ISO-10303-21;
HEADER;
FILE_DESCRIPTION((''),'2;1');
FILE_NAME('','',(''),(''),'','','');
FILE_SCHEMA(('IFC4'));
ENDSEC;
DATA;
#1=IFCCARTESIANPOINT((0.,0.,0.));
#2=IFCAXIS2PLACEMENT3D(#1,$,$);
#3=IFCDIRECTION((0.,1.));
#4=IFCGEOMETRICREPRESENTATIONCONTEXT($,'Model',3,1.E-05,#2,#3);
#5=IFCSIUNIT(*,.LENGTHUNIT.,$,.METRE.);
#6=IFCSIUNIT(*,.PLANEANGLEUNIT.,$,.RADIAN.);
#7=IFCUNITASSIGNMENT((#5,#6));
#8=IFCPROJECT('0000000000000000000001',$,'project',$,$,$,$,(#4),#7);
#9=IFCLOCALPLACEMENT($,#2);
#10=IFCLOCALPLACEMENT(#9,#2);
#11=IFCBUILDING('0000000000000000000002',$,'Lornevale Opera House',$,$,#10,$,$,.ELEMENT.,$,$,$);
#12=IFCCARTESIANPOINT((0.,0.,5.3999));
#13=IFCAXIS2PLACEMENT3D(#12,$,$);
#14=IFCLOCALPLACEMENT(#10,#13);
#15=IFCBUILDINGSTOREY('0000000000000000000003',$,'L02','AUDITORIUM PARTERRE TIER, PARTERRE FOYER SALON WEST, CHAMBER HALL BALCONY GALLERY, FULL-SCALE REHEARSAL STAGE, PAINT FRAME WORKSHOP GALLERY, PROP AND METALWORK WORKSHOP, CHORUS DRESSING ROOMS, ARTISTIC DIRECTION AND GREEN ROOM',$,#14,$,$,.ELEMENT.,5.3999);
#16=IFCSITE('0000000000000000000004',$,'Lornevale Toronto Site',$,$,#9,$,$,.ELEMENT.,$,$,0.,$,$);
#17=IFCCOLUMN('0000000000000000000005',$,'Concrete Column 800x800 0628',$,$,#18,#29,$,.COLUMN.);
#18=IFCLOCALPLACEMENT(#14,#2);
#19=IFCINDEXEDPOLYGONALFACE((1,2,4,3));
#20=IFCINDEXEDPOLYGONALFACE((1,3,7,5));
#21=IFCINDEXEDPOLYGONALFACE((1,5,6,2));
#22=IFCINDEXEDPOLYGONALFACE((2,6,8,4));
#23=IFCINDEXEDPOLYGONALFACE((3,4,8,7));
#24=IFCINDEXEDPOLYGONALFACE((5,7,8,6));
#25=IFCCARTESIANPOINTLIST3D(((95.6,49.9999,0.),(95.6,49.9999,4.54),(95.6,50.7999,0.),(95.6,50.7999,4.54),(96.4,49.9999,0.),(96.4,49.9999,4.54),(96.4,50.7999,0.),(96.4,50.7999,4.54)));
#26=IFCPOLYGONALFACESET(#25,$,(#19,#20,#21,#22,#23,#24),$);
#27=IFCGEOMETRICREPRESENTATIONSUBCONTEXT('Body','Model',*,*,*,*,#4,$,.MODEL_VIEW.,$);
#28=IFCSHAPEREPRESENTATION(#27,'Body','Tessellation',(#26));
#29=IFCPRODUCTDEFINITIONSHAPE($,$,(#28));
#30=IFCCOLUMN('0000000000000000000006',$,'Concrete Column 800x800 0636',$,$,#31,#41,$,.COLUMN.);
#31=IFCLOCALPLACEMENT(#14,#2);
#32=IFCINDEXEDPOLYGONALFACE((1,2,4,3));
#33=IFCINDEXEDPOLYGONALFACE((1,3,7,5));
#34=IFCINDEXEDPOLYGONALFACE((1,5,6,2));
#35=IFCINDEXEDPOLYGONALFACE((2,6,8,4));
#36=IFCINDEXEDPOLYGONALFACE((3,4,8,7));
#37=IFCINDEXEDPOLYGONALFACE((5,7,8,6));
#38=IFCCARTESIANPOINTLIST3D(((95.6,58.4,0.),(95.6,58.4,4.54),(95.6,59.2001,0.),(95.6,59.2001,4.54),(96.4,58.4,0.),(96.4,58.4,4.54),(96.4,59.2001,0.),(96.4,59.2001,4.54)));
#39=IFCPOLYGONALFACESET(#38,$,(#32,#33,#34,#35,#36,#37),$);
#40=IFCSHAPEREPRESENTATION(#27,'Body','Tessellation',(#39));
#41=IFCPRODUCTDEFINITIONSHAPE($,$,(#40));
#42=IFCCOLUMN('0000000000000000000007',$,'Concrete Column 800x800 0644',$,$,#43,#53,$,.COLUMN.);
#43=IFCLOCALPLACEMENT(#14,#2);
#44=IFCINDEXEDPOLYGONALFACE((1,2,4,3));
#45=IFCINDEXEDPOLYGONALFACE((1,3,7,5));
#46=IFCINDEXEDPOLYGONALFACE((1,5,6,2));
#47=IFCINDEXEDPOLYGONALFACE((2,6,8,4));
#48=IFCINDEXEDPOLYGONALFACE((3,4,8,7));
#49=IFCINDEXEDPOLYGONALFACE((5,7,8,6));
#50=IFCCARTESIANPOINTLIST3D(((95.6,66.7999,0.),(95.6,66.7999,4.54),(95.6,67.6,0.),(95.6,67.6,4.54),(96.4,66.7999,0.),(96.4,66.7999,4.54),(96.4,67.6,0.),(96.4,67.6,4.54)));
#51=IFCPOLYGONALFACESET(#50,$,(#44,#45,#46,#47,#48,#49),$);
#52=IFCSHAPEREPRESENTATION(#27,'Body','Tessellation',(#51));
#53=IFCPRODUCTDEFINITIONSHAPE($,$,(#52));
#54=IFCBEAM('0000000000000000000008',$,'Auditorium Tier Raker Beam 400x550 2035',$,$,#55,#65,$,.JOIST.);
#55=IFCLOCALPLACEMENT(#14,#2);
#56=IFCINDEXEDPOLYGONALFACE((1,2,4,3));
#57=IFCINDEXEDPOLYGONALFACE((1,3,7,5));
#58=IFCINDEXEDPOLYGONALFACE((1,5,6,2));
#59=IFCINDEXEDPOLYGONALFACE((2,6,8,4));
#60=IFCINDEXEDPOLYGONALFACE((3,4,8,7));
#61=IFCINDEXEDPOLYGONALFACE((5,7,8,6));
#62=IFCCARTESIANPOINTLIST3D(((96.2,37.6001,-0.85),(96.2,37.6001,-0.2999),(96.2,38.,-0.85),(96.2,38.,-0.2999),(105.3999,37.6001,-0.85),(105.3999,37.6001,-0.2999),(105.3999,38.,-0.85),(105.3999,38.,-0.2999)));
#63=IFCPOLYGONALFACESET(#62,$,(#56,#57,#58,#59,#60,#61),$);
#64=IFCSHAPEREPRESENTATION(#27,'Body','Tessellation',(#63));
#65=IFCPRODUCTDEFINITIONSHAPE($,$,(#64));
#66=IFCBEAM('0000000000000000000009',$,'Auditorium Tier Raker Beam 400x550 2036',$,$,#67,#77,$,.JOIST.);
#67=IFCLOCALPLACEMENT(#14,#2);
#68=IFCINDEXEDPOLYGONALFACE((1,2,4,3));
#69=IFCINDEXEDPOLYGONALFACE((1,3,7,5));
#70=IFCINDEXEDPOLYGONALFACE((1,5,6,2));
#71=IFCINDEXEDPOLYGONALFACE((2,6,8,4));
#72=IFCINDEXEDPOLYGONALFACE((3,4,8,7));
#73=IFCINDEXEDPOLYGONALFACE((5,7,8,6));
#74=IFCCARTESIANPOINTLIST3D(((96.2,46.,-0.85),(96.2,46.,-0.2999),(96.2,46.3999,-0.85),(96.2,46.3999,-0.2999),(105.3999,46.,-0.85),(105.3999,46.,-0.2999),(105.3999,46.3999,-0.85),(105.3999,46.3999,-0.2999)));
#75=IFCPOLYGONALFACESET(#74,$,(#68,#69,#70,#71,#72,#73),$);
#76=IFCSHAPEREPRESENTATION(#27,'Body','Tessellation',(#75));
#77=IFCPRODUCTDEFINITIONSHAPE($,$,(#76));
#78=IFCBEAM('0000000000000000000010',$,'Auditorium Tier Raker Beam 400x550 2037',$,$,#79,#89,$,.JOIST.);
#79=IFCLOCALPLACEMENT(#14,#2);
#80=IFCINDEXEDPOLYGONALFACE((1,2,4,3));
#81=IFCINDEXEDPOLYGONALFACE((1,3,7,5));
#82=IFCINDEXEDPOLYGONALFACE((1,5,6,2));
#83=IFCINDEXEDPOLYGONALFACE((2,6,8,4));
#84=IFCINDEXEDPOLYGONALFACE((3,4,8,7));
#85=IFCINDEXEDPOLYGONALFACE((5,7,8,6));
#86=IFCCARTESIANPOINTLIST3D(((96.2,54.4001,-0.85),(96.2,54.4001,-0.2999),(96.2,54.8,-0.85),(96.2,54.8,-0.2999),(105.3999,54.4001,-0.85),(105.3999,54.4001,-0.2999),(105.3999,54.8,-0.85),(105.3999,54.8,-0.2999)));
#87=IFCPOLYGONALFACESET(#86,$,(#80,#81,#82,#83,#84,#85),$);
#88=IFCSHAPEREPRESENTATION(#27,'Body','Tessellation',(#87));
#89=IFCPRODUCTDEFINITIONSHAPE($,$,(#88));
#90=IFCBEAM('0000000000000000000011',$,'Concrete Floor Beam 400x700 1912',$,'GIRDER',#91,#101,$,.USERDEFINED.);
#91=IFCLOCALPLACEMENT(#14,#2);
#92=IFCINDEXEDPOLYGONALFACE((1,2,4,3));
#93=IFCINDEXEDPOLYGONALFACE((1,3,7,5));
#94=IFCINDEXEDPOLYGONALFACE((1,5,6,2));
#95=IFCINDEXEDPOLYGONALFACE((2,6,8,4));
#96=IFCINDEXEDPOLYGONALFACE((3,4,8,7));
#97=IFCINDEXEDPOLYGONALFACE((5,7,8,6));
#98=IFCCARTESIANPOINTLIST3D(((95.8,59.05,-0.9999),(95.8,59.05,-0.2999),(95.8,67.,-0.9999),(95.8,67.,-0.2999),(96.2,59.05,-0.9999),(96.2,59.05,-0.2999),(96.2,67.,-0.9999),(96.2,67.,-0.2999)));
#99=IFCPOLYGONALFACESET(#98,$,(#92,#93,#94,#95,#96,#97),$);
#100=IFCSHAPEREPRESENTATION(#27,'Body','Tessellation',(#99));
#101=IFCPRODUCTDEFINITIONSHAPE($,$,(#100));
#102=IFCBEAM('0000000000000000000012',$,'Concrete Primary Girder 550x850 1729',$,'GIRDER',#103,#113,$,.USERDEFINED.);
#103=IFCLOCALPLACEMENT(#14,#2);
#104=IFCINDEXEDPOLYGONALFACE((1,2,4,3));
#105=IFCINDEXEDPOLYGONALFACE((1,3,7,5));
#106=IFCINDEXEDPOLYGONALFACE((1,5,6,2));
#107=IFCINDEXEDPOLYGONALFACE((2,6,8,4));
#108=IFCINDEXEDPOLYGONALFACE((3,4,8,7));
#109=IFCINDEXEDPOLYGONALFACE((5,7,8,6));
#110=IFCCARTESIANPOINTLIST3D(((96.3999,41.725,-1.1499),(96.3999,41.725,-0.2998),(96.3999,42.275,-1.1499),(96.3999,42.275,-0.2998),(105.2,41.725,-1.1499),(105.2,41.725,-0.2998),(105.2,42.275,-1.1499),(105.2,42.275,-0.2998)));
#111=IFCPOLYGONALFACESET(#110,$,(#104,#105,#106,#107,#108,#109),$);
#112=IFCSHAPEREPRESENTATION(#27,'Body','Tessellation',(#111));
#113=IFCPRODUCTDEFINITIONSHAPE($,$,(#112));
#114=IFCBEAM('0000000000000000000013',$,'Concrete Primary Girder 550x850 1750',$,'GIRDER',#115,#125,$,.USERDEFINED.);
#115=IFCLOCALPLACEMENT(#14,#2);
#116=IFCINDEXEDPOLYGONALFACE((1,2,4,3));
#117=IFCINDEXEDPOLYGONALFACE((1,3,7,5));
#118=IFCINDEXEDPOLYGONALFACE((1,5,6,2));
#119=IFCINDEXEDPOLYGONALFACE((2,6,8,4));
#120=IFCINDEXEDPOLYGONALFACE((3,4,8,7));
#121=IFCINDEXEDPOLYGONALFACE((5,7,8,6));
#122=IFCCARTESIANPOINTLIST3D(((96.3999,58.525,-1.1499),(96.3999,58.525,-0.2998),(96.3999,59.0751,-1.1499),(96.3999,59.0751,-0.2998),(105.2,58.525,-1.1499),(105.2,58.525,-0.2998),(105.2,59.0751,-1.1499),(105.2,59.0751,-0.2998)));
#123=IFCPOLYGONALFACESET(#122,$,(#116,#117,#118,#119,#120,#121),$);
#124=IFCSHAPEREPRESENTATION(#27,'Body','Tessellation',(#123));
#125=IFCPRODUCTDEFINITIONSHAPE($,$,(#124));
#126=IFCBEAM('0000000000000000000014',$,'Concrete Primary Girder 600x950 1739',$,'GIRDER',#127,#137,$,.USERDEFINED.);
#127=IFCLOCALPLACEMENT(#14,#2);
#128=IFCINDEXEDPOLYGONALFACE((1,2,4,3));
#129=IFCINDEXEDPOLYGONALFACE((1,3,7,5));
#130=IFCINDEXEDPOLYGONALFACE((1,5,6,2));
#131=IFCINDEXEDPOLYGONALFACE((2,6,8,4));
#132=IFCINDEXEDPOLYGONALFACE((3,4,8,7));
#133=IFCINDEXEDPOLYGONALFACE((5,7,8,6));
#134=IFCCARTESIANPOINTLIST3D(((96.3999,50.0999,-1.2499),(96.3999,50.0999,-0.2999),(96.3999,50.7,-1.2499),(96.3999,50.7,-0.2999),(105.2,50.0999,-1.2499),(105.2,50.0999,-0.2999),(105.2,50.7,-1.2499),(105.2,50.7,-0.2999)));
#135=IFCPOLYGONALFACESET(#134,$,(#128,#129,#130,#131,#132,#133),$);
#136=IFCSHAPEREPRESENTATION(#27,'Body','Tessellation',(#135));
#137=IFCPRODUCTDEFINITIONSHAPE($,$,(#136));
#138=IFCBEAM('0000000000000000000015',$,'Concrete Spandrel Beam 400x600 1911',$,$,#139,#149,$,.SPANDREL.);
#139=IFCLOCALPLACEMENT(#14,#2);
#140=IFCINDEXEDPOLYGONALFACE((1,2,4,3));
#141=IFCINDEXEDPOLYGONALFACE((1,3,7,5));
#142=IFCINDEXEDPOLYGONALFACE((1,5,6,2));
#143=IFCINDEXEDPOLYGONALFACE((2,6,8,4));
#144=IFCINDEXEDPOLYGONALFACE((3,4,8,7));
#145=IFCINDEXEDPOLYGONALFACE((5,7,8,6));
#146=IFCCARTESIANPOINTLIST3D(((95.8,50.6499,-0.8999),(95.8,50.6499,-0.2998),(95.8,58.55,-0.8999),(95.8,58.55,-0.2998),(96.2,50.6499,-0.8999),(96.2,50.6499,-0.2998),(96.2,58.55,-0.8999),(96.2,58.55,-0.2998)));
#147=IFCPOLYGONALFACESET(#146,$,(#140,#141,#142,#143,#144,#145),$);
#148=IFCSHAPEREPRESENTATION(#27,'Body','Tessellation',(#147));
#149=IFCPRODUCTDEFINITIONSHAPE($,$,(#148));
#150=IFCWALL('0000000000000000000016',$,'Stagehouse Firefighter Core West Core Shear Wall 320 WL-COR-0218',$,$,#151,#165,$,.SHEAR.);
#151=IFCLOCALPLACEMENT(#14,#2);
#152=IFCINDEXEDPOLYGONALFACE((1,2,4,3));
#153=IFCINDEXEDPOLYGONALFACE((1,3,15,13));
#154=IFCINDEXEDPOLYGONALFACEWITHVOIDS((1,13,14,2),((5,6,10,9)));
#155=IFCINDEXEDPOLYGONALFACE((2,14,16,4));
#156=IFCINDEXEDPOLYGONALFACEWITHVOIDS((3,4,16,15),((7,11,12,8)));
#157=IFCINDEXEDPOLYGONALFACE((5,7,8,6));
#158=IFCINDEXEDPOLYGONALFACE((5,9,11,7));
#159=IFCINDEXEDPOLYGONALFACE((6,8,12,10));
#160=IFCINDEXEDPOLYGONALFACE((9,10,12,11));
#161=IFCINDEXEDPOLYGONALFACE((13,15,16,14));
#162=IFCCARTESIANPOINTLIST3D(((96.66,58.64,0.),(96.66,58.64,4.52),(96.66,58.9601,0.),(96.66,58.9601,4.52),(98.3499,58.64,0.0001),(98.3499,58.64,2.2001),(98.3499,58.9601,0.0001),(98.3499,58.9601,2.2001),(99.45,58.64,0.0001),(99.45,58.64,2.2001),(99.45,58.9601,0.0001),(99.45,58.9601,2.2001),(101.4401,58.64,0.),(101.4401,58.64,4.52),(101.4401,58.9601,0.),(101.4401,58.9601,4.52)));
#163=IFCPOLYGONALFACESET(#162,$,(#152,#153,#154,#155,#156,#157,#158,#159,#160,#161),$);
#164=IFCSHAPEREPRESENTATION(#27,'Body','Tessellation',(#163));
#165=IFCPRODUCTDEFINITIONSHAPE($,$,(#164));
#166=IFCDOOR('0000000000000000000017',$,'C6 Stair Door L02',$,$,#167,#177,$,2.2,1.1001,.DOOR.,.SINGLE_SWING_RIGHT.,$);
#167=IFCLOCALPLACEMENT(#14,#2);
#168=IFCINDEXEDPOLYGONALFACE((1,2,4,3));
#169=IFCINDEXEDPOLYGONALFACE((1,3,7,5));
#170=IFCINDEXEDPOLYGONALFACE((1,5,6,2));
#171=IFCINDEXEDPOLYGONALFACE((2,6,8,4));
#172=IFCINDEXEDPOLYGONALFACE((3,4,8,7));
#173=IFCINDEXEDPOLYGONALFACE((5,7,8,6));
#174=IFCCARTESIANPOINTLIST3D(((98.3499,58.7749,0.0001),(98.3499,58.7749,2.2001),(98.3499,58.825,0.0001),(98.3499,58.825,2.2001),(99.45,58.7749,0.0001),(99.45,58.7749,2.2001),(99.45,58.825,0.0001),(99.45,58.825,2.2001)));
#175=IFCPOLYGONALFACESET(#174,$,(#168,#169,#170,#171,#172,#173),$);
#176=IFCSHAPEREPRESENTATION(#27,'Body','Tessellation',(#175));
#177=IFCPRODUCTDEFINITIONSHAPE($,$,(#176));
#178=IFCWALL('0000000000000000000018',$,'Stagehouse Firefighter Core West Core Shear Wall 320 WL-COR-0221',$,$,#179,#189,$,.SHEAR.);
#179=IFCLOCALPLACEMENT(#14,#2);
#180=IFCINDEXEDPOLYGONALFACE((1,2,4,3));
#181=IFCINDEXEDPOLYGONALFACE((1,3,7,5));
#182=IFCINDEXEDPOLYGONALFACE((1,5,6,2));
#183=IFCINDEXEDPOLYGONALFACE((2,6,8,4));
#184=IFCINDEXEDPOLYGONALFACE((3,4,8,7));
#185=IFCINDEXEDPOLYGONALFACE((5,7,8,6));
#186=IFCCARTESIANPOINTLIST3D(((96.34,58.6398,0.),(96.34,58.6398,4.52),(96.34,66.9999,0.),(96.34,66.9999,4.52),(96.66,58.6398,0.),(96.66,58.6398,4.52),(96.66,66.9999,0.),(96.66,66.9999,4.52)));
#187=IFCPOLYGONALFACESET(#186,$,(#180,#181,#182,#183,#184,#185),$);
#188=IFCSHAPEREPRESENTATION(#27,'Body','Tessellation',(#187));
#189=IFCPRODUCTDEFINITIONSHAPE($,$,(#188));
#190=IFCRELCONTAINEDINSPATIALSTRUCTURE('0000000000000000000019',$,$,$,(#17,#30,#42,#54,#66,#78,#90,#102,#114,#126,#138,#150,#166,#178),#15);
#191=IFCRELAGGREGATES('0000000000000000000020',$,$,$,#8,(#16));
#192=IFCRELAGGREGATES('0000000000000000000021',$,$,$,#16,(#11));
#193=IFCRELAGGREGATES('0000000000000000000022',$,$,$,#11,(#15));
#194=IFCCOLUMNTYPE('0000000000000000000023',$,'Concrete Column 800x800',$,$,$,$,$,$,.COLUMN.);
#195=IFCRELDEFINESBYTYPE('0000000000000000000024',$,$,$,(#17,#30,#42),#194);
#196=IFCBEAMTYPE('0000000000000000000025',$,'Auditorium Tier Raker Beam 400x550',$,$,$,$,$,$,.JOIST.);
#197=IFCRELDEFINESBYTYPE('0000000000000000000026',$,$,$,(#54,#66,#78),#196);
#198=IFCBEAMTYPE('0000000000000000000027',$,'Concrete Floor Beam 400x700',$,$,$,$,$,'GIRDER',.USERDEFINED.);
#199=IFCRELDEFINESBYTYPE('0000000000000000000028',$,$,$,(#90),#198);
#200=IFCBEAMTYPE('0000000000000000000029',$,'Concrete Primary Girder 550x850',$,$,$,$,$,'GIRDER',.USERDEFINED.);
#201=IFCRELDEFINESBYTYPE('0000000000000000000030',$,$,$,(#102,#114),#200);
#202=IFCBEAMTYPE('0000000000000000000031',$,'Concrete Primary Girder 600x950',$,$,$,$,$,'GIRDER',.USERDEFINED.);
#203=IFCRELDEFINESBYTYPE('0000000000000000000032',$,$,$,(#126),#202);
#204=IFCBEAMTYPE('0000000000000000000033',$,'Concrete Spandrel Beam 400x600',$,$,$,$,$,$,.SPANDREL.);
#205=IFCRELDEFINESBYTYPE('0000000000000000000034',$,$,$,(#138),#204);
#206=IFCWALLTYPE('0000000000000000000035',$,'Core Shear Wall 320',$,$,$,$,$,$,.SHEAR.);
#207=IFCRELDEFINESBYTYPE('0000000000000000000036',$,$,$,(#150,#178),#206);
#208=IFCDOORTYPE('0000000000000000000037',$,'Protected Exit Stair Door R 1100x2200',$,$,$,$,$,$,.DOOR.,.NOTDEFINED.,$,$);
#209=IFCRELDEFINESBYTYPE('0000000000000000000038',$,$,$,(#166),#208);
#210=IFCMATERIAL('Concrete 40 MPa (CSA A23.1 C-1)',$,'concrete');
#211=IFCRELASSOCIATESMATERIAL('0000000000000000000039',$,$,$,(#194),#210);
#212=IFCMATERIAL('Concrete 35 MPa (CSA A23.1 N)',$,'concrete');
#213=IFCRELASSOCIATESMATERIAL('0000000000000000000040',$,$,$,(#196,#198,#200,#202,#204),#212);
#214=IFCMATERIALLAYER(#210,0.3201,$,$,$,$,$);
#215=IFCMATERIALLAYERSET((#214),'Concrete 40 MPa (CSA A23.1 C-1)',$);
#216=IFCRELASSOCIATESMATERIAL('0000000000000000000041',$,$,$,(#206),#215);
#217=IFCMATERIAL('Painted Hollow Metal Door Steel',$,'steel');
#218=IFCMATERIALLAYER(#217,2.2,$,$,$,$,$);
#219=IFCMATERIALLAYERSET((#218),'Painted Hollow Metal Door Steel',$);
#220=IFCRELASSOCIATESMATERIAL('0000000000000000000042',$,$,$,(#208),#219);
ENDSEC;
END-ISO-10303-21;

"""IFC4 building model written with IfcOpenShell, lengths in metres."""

from ifc_helpers import new_model, si_unit, direction, frame, frame_2d, origin, origin_2d, place, context, subcontext, project, spatial, rectangle, extrude, material, layer, layer_set, material_profile, profile_set, type_object, element, fill, save


model = new_model("IFC4")

# Units and contexts
model_context = context("Model", 3, precision=1e-05, world=origin(), true_north=direction((0.0, 1.0)))
body_context = subcontext(model_context, "Body", "Model", "MODEL_VIEW")
ifc_project = project(units=[si_unit("LENGTHUNIT", "METRE"), si_unit("PLANEANGLEUNIT", "RADIAN")], contexts=[model_context])

# Site, building, storey
site_placement = place(None, origin())
site = spatial("IfcSite", under=ifc_project, at=site_placement, Name="Lornevale Toronto Site", CompositionType="ELEMENT", RefElevation=0.0)
building_placement = place(site_placement, origin())
building = spatial("IfcBuilding", under=site, at=building_placement, Name="Lornevale Opera House", CompositionType="ELEMENT")
storey_placement = place(building_placement, frame((0.0, 0.0, 5.3999)))
storey = spatial("IfcBuildingStorey", under=building, at=storey_placement, Name="L02", Description="AUDITORIUM PARTERRE TIER, PARTERRE FOYER SALON WEST, CHAMBER HALL BALCONY GALLERY, FULL-SCALE REHEARSAL STAGE, PAINT FRAME WORKSHOP GALLERY, PROP AND METALWORK WORKSHOP, CHORUS DRESSING ROOMS, ARTISTIC DIRECTION AND GREEN ROOM", CompositionType="ELEMENT", Elevation=5.3999)

# Columns
ifc_material_1 = material(Name="Concrete 40 MPa (CSA A23.1 C-1)", Category="concrete")
ifc_material_profile_1 = material_profile(ifc_material_1, rectangle(XDim=0.8, YDim=0.8, at=origin_2d()), Name="RC800x800")
ifc_profile_set_1 = profile_set([ifc_material_profile_1], Name="Concrete 40 MPa (CSA A23.1 C-1)")
column_type = type_object("IfcColumnType", Name="Concrete Column 800x800", PredefinedType="COLUMN", material=ifc_profile_set_1)
for number, where, z_axis, x_axis, name in (
    (1, (96.0, 50.3999, 0.0), (0.0, 0.0, 1.0), (1.0, 0.0, 0.0), "Concrete Column 800x800 0628"),
    (2, (96.0, 58.8, 0.0), (0.0, 0.0, 1.0), (1.0, 0.0, 0.0), "Concrete Column 800x800 0636"),
    (3, (96.0, 67.2, 0.0), (0.0, 0.0, 1.0), (1.0, 0.0, 0.0), "Concrete Column 800x800 0644"),
):
    element("IfcColumn", number, at=place(storey_placement, frame(where, z_axis=z_axis, x_axis=x_axis)), inside=storey, type_object=column_type, Name=name, PredefinedType="COLUMN", context=body_context, shape_type="SweptSolid", body=[
        extrude(rectangle(XDim=0.8, YDim=0.8, at=origin_2d()), origin(), (0.0, 0.0, 1.0), 4.54),
    ])

# Beams
ifc_material_2 = material(Name="Concrete 35 MPa (CSA A23.1 N)", Category="concrete")
ifc_material_profile_2 = material_profile(ifc_material_2, rectangle(XDim=0.3999, YDim=0.55, at=origin_2d()), Name="RC400x550")
ifc_profile_set_2 = profile_set([ifc_material_profile_2], Name="Concrete 35 MPa (CSA A23.1 N)")
beam_type_1 = type_object("IfcBeamType", Name="Auditorium Tier Raker Beam 400x550", PredefinedType="JOIST", material=ifc_profile_set_2)
for number, where, z_axis, x_axis, name in (
    (4, (96.2, 37.8, -0.575), (1.0, 0.0, 0.0), (0.0, 1.0, 0.0), "Auditorium Tier Raker Beam 400x550 2035"),
    (5, (96.2, 46.2, -0.575), (1.0, 0.0, 0.0), (0.0, 1.0, 0.0), "Auditorium Tier Raker Beam 400x550 2036"),
    (6, (96.2, 54.6001, -0.575), (1.0, 0.0, 0.0), (0.0, 1.0, 0.0), "Auditorium Tier Raker Beam 400x550 2037"),
):
    element("IfcBeam", number, at=place(storey_placement, frame(where, z_axis=z_axis, x_axis=x_axis)), inside=storey, type_object=beam_type_1, Name=name, PredefinedType="JOIST", context=body_context, shape_type="SweptSolid", body=[
        extrude(rectangle(XDim=0.3999, YDim=0.55, at=origin_2d()), origin(), (0.0, 0.0, 1.0), 9.2),
    ])
ifc_material_profile_3 = material_profile(ifc_material_2, rectangle(XDim=0.3999, YDim=0.7, at=origin_2d()), Name="RC400x700")
ifc_profile_set_3 = profile_set([ifc_material_profile_3], Name="Concrete 35 MPa (CSA A23.1 N)")
beam_type_2 = type_object("IfcBeamType", Name="Concrete Floor Beam 400x700", ElementType="GIRDER", PredefinedType="USERDEFINED", material=ifc_profile_set_3)
beam_1_placement = place(storey_placement, frame((96.0, 59.05, -0.6499), z_axis=(0.0, 1.0, 0.0), x_axis=(-1.0, 0.0, 0.0)))
element("IfcBeam", 7, at=beam_1_placement, inside=storey, type_object=beam_type_2, Name="Concrete Floor Beam 400x700 1912", ObjectType="GIRDER", PredefinedType="USERDEFINED", context=body_context, shape_type="SweptSolid", body=[
    extrude(rectangle(XDim=0.3999, YDim=0.7, at=origin_2d()), origin(), (0.0, 0.0, 1.0), 7.95),
])
ifc_material_profile_4 = material_profile(ifc_material_2, rectangle(XDim=0.55, YDim=0.8501, at=origin_2d()), Name="RC550x850")
ifc_profile_set_4 = profile_set([ifc_material_profile_4], Name="Concrete 35 MPa (CSA A23.1 N)")
beam_type_3 = type_object("IfcBeamType", Name="Concrete Primary Girder 550x850", ElementType="GIRDER", PredefinedType="USERDEFINED", material=ifc_profile_set_4)
for number, where, z_axis, x_axis, name in (
    (8, (96.3999, 42.0, -0.7249), (1.0, 0.0, 0.0), (0.0, 1.0, 0.0), "Concrete Primary Girder 550x850 1729"),
    (9, (96.3999, 58.8, -0.7249), (1.0, 0.0, 0.0), (0.0, 1.0, 0.0), "Concrete Primary Girder 550x850 1750"),
):
    element("IfcBeam", number, at=place(storey_placement, frame(where, z_axis=z_axis, x_axis=x_axis)), inside=storey, type_object=beam_type_3, Name=name, ObjectType="GIRDER", PredefinedType="USERDEFINED", context=body_context, shape_type="SweptSolid", body=[
        extrude(rectangle(XDim=0.55, YDim=0.8501, at=origin_2d()), origin(), (0.0, 0.0, 1.0), 8.8),
    ])
ifc_material_profile_5 = material_profile(ifc_material_2, rectangle(XDim=0.6001, YDim=0.95, at=origin_2d()), Name="RC600x950")
ifc_profile_set_5 = profile_set([ifc_material_profile_5], Name="Concrete 35 MPa (CSA A23.1 N)")
beam_type_4 = type_object("IfcBeamType", Name="Concrete Primary Girder 600x950", ElementType="GIRDER", PredefinedType="USERDEFINED", material=ifc_profile_set_5)
beam_2_placement = place(storey_placement, frame((96.3999, 50.3999, -0.7749), z_axis=(1.0, 0.0, 0.0), x_axis=(0.0, 1.0, 0.0)))
element("IfcBeam", 10, at=beam_2_placement, inside=storey, type_object=beam_type_4, Name="Concrete Primary Girder 600x950 1739", ObjectType="GIRDER", PredefinedType="USERDEFINED", context=body_context, shape_type="SweptSolid", body=[
    extrude(rectangle(XDim=0.6001, YDim=0.95, at=origin_2d()), origin(), (0.0, 0.0, 1.0), 8.8),
])
ifc_material_profile_6 = material_profile(ifc_material_2, rectangle(XDim=0.3999, YDim=0.6001, at=origin_2d()), Name="RC400x600")
ifc_profile_set_6 = profile_set([ifc_material_profile_6], Name="Concrete 35 MPa (CSA A23.1 N)")
beam_type_5 = type_object("IfcBeamType", Name="Concrete Spandrel Beam 400x600", PredefinedType="SPANDREL", material=ifc_profile_set_6)
beam_3_placement = place(storey_placement, frame((96.0, 50.6499, -0.5999), z_axis=(0.0, 1.0, 0.0), x_axis=(-1.0, 0.0, 0.0)))
element("IfcBeam", 11, at=beam_3_placement, inside=storey, type_object=beam_type_5, Name="Concrete Spandrel Beam 400x600 1911", PredefinedType="SPANDREL", context=body_context, shape_type="SweptSolid", body=[
    extrude(rectangle(XDim=0.3999, YDim=0.6001, at=origin_2d()), origin(), (0.0, 0.0, 1.0), 7.9001),
])

# Wall, opening, door
ifc_layer_1 = layer(ifc_material_1, 0.3201)
ifc_layer_set_1 = layer_set([ifc_layer_1], Name="Concrete 40 MPa (CSA A23.1 C-1)")
wall_type_1 = type_object("IfcWallType", Name="Core Shear Wall 320", PredefinedType="SHEAR", material=ifc_layer_set_1)
wall_1_placement = place(storey_placement, frame((96.6599, 58.8, 0.0), z_axis=(0.0, 0.0, 1.0), x_axis=(1.0, 0.0, 0.0)))
wall_1 = element("IfcWall", 12, at=wall_1_placement, inside=storey, type_object=wall_type_1, Name="Stagehouse Firefighter Core West Core Shear Wall 320 WL-COR-0218", PredefinedType="SHEAR", context=body_context, shape_type="SweptSolid", body=[
    extrude(rectangle(XDim=4.78, YDim=0.3201, at=frame_2d((2.3901, 0.0))), origin(), (0.0, 0.0, 1.0), 4.52),
])
opening_1_placement = place(wall_1_placement, frame((1.6899, 0.0, 0.0)))
opening_1 = element("IfcOpeningElement", 13, at=opening_1_placement, cuts=wall_1, PredefinedType="OPENING", context=body_context, shape_type="SweptSolid", body=[
    extrude(rectangle(XDim=1.1001, YDim=2.2, at=frame_2d((0.55, 1.1001))), frame((0.0, 0.1699, 0.0), z_axis=(0.0, -1.0, 0.0), x_axis=(1.0, 0.0, 0.0)), (0.0, 0.0, 1.0), 0.3401),
])
ifc_material_3 = material(Name="Painted Hollow Metal Door Steel", Category="steel")
ifc_layer_2 = layer(ifc_material_3, 2.2)
ifc_layer_set_2 = layer_set([ifc_layer_2], Name="Painted Hollow Metal Door Steel")
door_type_1 = type_object("IfcDoorType", Name="Protected Exit Stair Door R 1100x2200", OperationType="NOTDEFINED", PredefinedType="DOOR", material=ifc_layer_set_2)
door_1_placement = place(opening_1_placement, origin())
door_1 = element("IfcDoor", 14, at=door_1_placement, inside=storey, type_object=door_type_1, Name="C6 Stair Door L02", OperationType="SINGLE_SWING_RIGHT", OverallHeight=2.2, OverallWidth=1.1001, PredefinedType="DOOR", context=body_context, shape_type="SweptSolid", body=[
    extrude(rectangle(XDim=1.1001, YDim=2.2, at=frame_2d((0.55, 1.1001))), frame((0.0, 0.0249, 0.0), z_axis=(0.0, -1.0, 0.0), x_axis=(1.0, 0.0, 0.0)), (0.0, 0.0, 1.0), 0.05),
])
fill(opening_1, door_1)

# Wall
wall_2_placement = place(storey_placement, frame((96.5, 67.0, 0.0), z_axis=(0.0, 0.0, 1.0), x_axis=(0.0, -1.0, 0.0)))
element("IfcWall", 15, at=wall_2_placement, inside=storey, type_object=wall_type_1, Name="Stagehouse Firefighter Core West Core Shear Wall 320 WL-COR-0221", PredefinedType="SHEAR", context=body_context, shape_type="SweptSolid", body=[
    extrude(rectangle(XDim=8.3601, YDim=0.3201, at=frame_2d((4.1802, 0.0))), origin(), (0.0, 0.0, 1.0), 4.52),
])

save(model, "model.ifc")
